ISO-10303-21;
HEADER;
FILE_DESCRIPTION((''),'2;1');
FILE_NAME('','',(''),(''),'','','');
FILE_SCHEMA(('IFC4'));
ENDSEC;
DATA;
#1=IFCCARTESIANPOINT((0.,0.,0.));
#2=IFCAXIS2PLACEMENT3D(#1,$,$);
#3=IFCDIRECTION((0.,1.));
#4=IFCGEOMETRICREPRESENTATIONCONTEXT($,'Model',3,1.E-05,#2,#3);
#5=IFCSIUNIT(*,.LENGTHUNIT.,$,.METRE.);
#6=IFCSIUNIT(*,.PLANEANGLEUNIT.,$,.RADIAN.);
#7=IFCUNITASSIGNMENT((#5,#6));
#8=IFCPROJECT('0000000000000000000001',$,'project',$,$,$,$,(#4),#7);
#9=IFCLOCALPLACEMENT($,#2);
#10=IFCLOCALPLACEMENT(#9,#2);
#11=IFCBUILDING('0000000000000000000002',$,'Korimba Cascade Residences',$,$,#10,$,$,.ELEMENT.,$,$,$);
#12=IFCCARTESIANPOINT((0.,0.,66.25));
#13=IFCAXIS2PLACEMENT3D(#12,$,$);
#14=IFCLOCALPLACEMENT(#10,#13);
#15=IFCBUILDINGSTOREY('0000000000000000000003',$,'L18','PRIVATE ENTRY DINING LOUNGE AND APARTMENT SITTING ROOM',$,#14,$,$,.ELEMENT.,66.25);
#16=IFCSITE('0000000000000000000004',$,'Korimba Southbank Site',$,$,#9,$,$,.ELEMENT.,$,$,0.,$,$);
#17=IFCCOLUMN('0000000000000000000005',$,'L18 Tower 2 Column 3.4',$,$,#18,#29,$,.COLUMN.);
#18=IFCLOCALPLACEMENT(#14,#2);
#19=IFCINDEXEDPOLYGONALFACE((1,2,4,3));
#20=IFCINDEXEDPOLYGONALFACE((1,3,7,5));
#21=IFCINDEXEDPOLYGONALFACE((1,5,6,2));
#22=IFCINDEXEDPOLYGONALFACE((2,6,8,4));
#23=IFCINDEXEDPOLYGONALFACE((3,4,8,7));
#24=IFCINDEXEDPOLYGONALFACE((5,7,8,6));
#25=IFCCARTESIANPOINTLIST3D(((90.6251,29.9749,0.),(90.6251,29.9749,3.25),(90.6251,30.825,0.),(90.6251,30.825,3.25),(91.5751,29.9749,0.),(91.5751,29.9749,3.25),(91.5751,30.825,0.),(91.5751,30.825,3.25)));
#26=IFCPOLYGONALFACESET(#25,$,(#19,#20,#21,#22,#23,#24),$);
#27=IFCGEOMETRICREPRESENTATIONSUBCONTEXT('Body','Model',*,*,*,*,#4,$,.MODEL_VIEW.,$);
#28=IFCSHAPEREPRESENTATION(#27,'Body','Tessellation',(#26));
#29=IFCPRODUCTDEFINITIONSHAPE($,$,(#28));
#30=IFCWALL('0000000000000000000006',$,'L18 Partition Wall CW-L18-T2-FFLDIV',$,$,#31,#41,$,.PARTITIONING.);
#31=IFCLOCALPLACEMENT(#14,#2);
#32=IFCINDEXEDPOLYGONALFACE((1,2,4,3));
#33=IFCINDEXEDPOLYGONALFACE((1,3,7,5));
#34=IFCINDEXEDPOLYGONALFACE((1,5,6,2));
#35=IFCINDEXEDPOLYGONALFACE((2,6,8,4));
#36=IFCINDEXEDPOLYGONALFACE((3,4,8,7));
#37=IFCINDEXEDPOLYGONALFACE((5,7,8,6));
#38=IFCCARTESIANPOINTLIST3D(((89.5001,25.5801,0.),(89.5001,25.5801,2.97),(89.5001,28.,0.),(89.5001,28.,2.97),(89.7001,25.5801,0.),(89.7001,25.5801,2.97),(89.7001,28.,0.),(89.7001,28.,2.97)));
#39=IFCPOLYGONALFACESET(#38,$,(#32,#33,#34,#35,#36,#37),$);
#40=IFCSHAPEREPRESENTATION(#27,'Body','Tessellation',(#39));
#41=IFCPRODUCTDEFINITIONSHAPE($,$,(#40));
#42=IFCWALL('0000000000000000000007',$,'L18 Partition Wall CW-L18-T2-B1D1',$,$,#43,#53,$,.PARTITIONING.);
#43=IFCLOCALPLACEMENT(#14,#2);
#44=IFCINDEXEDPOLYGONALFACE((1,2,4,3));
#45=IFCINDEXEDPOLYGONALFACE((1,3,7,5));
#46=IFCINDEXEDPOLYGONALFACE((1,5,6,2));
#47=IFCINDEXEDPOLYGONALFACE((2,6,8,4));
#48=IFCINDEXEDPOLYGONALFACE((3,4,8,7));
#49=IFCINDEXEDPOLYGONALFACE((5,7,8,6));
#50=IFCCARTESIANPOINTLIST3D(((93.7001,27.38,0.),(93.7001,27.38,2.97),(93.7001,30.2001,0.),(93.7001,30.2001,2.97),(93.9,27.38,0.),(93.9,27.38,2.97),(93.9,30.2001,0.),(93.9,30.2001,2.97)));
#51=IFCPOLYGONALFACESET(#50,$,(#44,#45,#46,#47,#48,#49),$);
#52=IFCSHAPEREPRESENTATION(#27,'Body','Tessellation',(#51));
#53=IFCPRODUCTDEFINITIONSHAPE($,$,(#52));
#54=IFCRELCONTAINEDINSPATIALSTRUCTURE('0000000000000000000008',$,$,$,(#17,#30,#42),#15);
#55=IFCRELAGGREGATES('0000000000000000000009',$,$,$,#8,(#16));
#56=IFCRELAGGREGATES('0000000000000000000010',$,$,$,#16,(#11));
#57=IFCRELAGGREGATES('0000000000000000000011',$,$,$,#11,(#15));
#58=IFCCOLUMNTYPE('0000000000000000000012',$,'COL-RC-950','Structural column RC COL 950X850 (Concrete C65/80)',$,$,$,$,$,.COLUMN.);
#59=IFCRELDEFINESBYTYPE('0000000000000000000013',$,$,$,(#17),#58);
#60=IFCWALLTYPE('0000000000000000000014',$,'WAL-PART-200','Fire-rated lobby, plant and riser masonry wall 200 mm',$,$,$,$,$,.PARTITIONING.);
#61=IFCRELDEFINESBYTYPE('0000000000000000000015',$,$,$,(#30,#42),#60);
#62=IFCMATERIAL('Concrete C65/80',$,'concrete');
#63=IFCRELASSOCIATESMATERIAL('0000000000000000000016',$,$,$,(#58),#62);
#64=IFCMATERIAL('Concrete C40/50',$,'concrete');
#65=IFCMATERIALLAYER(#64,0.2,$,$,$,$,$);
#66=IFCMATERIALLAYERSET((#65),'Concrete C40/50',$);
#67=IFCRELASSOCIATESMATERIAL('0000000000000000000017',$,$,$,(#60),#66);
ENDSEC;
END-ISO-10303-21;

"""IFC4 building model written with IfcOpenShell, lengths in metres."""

from ifc_helpers import new_model, si_unit, direction, frame, frame_2d, origin, origin_2d, place, context, subcontext, project, spatial, rectangle, extrude, material, layer, layer_set, material_profile, profile_set, type_object, element, save


model = new_model("IFC4")

# Units and contexts
model_context = context("Model", 3, precision=1e-05, world=origin(), true_north=direction((0.0, 1.0)))
body_context = subcontext(model_context, "Body", "Model", "MODEL_VIEW")
ifc_project = project(units=[si_unit("LENGTHUNIT", "METRE"), si_unit("PLANEANGLEUNIT", "RADIAN")], contexts=[model_context])

# Site, building, storey
site_placement = place(None, origin())
site = spatial("IfcSite", under=ifc_project, at=site_placement, Name="Korimba Southbank Site", CompositionType="ELEMENT", RefElevation=0.0)
building_placement = place(site_placement, origin())
building = spatial("IfcBuilding", under=site, at=building_placement, Name="Korimba Cascade Residences", CompositionType="ELEMENT")
storey_placement = place(building_placement, frame((0.0, 0.0, 66.25)))
storey = spatial("IfcBuildingStorey", under=building, at=storey_placement, Name="L18", Description="PRIVATE ENTRY DINING LOUNGE AND APARTMENT SITTING ROOM", CompositionType="ELEMENT", Elevation=66.25)

# Column
ifc_material_1 = material(Name="Concrete C65/80", Category="concrete")
ifc_material_profile = material_profile(ifc_material_1, rectangle(XDim=0.95, YDim=0.8501, at=origin_2d()), Name="Concrete C65/80")
ifc_profile_set = profile_set([ifc_material_profile], Name="Concrete C65/80")
column_type = type_object("IfcColumnType", Name="COL-RC-950", Description="Structural column RC COL 950X850 (Concrete C65/80)", PredefinedType="COLUMN", material=ifc_profile_set)
column_placement = place(storey_placement, frame((91.1001, 30.3999, 0.0), z_axis=(0.0, 0.0, 1.0), x_axis=(1.0, 0.0, 0.0)))
element("IfcColumn", 1, at=column_placement, inside=storey, type_object=column_type, Name="L18 Tower 2 Column 3.4", PredefinedType="COLUMN", context=body_context, shape_type="SweptSolid", body=[
    extrude(rectangle(XDim=0.95, YDim=0.8501, at=origin_2d()), origin(), (0.0, 0.0, 1.0), 3.25),
])

# Walls
ifc_material_2 = material(Name="Concrete C40/50", Category="concrete")
ifc_layer_1 = layer(ifc_material_2, 0.2)
ifc_layer_set_1 = layer_set([ifc_layer_1], Name="Concrete C40/50")
wall_type_1 = type_object("IfcWallType", Name="WAL-PART-200", Description="Fire-rated lobby, plant and riser masonry wall 200 mm", PredefinedType="PARTITIONING", material=ifc_layer_set_1)
wall_1_placement = place(storey_placement, frame((89.6001, 25.5801, 0.0), z_axis=(0.0, 0.0, 1.0), x_axis=(0.0, 1.0, 0.0)))
element("IfcWall", 2, at=wall_1_placement, inside=storey, type_object=wall_type_1, Name="L18 Partition Wall CW-L18-T2-FFLDIV", PredefinedType="PARTITIONING", context=body_context, shape_type="SweptSolid", body=[
    extrude(rectangle(XDim=2.4199, YDim=0.2, at=frame_2d((1.21, 0.0))), origin(), (0.0, 0.0, 1.0), 2.97),
])
wall_2_placement = place(storey_placement, frame((93.8, 27.3799, 0.0), z_axis=(0.0, 0.0, 1.0), x_axis=(0.0, 1.0, 0.0)))
element("IfcWall", 3, at=wall_2_placement, inside=storey, type_object=wall_type_1, Name="L18 Partition Wall CW-L18-T2-B1D1", PredefinedType="PARTITIONING", context=body_context, shape_type="SweptSolid", body=[
    extrude(rectangle(XDim=2.8201, YDim=0.2, at=frame_2d((1.4102, 0.0))), origin(), (0.0, 0.0, 1.0), 2.97),
])

save(model, "model.ifc")
